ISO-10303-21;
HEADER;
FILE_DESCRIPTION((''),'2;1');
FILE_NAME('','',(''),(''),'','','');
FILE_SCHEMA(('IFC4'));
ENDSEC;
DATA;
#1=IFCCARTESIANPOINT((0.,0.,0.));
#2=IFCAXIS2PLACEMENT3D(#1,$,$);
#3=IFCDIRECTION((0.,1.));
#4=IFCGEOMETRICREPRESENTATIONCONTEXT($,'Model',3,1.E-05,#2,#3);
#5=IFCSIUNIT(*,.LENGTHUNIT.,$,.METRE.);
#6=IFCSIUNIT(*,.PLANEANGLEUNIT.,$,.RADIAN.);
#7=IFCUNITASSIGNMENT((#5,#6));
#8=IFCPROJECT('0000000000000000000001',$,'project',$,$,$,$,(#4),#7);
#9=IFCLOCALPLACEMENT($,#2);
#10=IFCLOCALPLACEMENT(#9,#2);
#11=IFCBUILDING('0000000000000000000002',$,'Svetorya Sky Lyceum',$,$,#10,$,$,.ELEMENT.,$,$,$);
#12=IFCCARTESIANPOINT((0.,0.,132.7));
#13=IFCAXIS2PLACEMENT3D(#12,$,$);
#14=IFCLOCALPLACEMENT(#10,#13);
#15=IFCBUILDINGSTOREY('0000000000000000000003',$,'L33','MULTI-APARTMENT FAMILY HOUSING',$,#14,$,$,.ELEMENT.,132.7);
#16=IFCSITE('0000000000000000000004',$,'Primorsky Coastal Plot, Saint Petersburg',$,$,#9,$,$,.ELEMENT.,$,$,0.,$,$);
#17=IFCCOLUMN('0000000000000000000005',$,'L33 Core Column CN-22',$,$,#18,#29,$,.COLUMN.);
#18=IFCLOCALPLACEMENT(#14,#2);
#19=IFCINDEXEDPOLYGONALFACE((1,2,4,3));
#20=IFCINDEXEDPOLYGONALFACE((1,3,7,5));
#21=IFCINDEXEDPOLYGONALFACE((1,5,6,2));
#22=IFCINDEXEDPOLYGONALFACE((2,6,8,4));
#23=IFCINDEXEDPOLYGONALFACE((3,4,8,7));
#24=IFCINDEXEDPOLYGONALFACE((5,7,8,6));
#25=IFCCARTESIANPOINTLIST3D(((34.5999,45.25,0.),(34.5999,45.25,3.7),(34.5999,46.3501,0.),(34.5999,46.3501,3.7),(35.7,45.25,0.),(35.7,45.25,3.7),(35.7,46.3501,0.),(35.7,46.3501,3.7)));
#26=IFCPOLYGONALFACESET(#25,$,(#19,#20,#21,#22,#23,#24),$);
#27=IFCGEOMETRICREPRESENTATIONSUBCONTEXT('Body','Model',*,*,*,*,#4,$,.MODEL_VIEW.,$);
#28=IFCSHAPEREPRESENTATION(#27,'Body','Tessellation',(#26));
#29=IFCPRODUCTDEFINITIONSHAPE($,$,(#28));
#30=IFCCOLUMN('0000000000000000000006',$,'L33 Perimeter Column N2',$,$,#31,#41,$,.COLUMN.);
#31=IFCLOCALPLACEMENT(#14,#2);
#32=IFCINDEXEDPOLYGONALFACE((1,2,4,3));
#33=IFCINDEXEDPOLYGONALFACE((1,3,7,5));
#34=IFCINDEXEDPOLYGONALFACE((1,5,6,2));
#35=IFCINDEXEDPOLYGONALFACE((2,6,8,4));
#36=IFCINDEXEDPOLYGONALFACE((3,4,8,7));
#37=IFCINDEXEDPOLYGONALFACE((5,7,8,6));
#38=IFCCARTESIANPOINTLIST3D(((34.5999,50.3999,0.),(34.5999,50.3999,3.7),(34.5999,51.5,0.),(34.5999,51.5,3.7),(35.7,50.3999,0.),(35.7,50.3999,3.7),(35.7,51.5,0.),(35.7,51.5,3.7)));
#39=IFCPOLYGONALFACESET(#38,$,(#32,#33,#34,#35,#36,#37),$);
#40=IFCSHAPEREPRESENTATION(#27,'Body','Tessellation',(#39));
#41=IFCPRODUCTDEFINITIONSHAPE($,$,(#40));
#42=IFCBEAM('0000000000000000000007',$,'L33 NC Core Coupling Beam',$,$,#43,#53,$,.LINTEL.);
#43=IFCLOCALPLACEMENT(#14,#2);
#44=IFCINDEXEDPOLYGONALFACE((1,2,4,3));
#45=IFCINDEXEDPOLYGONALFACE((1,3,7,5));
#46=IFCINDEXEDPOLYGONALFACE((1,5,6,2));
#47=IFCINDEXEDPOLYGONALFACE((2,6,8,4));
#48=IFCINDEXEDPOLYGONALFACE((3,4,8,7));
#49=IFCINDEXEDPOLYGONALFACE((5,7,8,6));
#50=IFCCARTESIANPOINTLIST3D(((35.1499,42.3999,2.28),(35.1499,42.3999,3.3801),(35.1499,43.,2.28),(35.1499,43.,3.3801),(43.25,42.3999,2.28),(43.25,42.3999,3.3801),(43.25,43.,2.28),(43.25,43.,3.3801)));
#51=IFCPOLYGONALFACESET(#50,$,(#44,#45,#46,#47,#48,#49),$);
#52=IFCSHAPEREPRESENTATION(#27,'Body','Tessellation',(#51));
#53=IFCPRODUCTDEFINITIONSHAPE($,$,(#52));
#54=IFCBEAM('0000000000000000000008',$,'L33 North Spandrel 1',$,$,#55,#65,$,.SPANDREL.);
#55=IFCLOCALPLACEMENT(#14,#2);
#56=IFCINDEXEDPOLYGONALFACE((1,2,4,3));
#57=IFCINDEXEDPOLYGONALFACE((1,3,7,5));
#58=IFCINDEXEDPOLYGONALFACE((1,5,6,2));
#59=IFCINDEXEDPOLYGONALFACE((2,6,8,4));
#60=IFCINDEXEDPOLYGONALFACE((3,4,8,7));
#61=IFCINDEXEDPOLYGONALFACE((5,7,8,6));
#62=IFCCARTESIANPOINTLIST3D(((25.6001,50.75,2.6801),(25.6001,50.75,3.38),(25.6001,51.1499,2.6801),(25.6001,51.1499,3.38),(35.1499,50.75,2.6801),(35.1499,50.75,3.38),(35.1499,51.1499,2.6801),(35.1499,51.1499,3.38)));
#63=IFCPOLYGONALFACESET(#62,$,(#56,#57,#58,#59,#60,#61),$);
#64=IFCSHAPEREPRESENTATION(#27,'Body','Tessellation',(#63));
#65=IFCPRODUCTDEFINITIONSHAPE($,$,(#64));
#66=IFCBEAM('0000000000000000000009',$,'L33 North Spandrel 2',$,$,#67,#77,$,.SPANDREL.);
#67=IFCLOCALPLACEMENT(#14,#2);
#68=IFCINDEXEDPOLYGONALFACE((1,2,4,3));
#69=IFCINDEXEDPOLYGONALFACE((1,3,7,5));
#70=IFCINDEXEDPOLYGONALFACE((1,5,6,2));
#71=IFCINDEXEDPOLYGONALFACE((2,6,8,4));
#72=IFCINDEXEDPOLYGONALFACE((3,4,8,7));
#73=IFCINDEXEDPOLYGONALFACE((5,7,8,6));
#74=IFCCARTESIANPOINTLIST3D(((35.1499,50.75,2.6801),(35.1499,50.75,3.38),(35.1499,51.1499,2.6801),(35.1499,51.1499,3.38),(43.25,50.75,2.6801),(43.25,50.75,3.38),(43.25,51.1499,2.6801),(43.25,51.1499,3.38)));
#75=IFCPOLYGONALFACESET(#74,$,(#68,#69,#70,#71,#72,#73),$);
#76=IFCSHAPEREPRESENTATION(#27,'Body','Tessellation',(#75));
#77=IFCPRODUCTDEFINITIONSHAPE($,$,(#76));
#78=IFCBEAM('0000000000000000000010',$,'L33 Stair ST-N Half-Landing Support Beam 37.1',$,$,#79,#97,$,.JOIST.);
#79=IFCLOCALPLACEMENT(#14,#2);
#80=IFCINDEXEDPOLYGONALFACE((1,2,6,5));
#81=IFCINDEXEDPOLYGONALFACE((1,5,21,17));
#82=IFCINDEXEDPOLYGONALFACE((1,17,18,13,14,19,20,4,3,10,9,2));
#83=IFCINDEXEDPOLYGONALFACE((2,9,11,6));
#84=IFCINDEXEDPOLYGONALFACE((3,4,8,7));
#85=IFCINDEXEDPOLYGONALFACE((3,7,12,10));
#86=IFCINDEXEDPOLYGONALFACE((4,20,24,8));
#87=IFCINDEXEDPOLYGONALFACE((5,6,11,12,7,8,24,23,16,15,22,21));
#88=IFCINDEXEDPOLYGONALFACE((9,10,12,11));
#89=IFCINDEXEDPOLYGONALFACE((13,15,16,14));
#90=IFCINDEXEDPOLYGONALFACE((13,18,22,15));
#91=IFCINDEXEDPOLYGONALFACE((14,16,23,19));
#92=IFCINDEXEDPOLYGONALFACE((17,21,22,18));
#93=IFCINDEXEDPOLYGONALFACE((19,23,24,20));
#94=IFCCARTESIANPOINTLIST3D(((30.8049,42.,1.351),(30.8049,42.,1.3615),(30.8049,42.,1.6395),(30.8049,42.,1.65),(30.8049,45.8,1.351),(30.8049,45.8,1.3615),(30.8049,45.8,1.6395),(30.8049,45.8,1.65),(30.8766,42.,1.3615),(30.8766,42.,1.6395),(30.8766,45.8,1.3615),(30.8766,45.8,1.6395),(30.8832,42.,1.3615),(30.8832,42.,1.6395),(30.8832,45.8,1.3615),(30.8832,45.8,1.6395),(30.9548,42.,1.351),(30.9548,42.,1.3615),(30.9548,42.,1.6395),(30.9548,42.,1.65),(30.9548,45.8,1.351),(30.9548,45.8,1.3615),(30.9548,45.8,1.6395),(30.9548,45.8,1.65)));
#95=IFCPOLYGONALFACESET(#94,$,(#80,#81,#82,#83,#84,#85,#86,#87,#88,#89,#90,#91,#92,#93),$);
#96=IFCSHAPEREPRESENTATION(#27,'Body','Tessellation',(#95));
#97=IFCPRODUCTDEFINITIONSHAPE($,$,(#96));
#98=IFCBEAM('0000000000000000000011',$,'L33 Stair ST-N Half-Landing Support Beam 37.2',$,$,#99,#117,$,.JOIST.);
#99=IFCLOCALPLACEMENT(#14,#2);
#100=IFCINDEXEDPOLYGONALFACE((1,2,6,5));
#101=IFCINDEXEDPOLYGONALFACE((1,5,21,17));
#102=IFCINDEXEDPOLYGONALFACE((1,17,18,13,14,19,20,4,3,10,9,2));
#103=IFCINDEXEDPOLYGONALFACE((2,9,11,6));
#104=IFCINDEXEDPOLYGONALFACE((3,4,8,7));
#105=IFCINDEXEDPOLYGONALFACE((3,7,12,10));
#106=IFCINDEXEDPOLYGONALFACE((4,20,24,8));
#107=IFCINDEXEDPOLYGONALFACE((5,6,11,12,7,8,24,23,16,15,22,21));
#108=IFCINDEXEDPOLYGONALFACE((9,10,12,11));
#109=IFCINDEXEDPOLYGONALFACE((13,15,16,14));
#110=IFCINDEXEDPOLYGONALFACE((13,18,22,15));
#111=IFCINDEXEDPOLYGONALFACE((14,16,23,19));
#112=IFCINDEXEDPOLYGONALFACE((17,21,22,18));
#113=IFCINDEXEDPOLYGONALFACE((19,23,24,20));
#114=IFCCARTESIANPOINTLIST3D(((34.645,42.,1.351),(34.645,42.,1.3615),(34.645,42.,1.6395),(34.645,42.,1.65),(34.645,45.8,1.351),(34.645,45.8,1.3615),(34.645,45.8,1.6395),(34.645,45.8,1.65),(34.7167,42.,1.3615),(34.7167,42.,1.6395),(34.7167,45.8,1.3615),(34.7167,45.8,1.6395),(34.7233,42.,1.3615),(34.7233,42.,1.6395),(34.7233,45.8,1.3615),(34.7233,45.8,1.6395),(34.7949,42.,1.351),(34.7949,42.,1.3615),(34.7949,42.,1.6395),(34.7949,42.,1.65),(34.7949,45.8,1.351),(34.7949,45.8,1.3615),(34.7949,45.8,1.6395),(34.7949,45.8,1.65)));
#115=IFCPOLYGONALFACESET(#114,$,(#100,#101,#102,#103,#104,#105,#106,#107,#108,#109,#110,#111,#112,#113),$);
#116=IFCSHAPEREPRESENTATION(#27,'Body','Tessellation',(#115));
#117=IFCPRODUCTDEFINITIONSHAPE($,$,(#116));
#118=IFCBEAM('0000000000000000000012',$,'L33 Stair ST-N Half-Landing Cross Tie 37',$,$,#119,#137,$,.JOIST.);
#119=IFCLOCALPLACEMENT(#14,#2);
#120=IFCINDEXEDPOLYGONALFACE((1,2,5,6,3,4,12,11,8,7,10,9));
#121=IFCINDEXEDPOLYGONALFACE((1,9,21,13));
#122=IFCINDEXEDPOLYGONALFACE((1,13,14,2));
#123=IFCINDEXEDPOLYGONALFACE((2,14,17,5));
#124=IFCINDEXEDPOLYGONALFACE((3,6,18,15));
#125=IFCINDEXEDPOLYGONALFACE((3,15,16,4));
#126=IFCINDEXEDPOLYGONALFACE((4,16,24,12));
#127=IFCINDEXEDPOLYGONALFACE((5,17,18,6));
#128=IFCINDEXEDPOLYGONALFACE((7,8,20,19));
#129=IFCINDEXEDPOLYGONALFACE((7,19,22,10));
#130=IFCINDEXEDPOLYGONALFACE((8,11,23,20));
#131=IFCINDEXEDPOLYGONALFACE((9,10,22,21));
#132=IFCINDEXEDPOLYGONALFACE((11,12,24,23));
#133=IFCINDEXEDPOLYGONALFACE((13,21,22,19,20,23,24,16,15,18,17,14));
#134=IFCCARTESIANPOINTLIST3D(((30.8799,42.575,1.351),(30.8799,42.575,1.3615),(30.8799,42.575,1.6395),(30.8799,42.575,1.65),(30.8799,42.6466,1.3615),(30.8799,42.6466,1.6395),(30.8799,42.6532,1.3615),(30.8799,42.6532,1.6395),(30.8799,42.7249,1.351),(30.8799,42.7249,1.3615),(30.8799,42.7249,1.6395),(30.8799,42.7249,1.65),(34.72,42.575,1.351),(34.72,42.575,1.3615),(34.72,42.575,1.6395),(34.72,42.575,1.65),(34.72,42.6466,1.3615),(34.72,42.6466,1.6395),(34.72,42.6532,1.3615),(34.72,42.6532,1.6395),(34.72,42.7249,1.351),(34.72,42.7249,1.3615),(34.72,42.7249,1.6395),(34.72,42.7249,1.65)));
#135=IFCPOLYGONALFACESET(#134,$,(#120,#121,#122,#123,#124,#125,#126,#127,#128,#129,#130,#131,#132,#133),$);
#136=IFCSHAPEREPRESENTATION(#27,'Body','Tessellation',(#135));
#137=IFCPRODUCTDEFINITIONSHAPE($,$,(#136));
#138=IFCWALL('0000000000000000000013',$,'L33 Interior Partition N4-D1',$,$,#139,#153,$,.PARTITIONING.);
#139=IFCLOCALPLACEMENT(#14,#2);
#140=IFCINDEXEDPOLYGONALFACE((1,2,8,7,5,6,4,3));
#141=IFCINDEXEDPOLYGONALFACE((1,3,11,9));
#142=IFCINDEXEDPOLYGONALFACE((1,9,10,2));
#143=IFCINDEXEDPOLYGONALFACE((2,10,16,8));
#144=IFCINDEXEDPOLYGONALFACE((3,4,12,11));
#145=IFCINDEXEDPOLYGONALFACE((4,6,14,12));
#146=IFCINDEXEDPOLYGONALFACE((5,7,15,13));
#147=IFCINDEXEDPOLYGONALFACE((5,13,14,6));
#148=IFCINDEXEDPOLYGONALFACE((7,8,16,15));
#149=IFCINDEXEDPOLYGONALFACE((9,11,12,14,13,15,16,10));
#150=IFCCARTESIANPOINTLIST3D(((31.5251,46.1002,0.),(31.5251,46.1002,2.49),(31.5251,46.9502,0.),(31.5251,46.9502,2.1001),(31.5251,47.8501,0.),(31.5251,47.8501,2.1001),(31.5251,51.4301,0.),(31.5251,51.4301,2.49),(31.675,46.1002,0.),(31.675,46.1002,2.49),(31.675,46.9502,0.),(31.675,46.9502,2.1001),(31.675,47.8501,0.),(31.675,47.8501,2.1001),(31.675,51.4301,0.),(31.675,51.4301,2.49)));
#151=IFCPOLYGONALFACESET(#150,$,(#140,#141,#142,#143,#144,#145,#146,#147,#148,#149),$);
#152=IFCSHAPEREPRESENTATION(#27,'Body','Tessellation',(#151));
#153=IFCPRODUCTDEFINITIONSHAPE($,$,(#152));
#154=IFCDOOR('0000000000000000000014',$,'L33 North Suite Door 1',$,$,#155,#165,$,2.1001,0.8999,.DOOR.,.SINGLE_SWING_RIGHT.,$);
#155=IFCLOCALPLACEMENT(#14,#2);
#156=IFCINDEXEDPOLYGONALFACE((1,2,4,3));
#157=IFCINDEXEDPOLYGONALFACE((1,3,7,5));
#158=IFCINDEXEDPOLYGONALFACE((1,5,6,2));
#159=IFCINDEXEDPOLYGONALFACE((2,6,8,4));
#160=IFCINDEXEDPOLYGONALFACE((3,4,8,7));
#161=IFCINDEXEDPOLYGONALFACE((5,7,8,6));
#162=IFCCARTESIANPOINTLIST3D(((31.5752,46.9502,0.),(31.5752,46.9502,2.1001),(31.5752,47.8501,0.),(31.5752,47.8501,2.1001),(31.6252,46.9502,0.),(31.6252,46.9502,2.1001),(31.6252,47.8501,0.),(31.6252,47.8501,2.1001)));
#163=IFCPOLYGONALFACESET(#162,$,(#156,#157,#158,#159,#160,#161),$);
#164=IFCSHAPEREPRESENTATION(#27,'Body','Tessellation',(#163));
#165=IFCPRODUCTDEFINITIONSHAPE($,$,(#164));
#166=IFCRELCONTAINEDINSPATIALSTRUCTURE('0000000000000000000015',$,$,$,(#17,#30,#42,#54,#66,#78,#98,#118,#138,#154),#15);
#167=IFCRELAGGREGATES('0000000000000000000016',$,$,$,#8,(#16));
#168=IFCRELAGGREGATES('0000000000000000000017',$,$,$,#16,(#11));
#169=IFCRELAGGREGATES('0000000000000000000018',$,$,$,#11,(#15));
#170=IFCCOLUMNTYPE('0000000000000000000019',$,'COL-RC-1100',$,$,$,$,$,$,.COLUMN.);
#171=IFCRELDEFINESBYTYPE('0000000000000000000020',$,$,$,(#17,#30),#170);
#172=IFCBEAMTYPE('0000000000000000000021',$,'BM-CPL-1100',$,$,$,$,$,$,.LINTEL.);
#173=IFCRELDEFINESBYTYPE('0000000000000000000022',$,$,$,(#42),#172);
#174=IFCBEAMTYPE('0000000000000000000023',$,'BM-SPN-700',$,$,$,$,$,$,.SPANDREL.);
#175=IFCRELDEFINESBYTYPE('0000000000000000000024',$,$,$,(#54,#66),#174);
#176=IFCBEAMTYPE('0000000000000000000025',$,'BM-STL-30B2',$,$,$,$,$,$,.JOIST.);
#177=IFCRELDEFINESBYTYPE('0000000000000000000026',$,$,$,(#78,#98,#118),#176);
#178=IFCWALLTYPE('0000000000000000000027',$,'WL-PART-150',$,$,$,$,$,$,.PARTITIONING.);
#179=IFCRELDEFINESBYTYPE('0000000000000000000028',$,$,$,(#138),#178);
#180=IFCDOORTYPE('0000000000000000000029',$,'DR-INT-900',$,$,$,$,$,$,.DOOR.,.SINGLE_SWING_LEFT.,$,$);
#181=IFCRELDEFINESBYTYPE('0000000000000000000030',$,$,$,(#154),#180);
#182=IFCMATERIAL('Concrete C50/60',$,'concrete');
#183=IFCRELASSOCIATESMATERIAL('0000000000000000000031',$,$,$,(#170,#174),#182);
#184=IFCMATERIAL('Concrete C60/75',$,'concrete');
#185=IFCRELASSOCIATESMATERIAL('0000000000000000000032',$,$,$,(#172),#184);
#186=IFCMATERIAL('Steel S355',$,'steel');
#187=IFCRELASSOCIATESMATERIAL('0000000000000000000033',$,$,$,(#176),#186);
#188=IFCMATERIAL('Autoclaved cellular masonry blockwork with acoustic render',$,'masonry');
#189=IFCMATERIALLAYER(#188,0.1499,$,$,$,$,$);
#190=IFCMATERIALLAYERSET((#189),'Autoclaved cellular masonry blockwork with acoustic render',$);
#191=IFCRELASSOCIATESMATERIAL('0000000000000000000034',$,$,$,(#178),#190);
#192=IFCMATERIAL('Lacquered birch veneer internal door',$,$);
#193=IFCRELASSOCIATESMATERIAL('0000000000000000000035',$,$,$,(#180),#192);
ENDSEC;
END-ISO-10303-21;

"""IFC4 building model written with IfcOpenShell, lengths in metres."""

from ifc_helpers import new_model, si_unit, direction, frame, frame_2d, origin, origin_2d, place, context, subcontext, project, spatial, rectangle, i_section, extrude, material, layer, layer_set, material_profile, profile_set, type_object, element, fill, save


model = new_model("IFC4")

# Units and contexts
model_context = context("Model", 3, precision=1e-05, world=origin(), true_north=direction((0.0, 1.0)))
body_context = subcontext(model_context, "Body", "Model", "MODEL_VIEW")
ifc_project = project(units=[si_unit("LENGTHUNIT", "METRE"), si_unit("PLANEANGLEUNIT", "RADIAN")], contexts=[model_context])

# Site, building, storey
site_placement = place(None, origin())
site = spatial("IfcSite", under=ifc_project, at=site_placement, Name="Primorsky Coastal Plot, Saint Petersburg", CompositionType="ELEMENT", RefElevation=0.0)
building_placement = place(site_placement, origin())
building = spatial("IfcBuilding", under=site, at=building_placement, Name="Svetorya Sky Lyceum", CompositionType="ELEMENT")
storey_placement = place(building_placement, frame((0.0, 0.0, 132.7)))
storey = spatial("IfcBuildingStorey", under=building, at=storey_placement, Name="L33", Description="MULTI-APARTMENT FAMILY HOUSING", CompositionType="ELEMENT", Elevation=132.7)

# Columns
ifc_material_1 = material(Name="Concrete C50/60", Category="concrete")
ifc_material_profile_1 = material_profile(ifc_material_1, rectangle(XDim=1.1001, YDim=1.1001, at=origin_2d()), Name="RC COL 1100x1100")
ifc_profile_set_1 = profile_set([ifc_material_profile_1], Name="Concrete C50/60")
column_type = type_object("IfcColumnType", Name="COL-RC-1100", PredefinedType="COLUMN", material=ifc_profile_set_1)
for number, where, z_axis, x_axis, name in (
    (1, (35.1499, 45.8, 0.0), (0.0, 0.0, 1.0), (1.0, 0.0, 0.0), "L33 Core Column CN-22"),
    (2, (35.1499, 50.95, 0.0), (0.0, 0.0, 1.0), (1.0, 0.0, 0.0), "L33 Perimeter Column N2"),
):
    element("IfcColumn", number, at=place(storey_placement, frame(where, z_axis=z_axis, x_axis=x_axis)), inside=storey, type_object=column_type, Name=name, PredefinedType="COLUMN", context=body_context, shape_type="SweptSolid", body=[
        extrude(rectangle(XDim=1.1001, YDim=1.1001, at=origin_2d()), origin(), (0.0, 0.0, 1.0), 3.7),
    ])

# Beams
ifc_material_2 = material(Name="Concrete C60/75", Category="concrete")
ifc_material_profile_2 = material_profile(ifc_material_2, rectangle(XDim=0.6001, YDim=1.1001, at=origin_2d()), Name="RC COUPLING 600x1100")
ifc_profile_set_2 = profile_set([ifc_material_profile_2], Name="Concrete C60/75")
beam_type_1 = type_object("IfcBeamType", Name="BM-CPL-1100", PredefinedType="LINTEL", material=ifc_profile_set_2)
beam_1_placement = place(storey_placement, frame((35.1499, 42.7, 2.8301), z_axis=(1.0, 0.0, 0.0), x_axis=(0.0, 1.0, 0.0)))
element("IfcBeam", 3, at=beam_1_placement, inside=storey, type_object=beam_type_1, Name="L33 NC Core Coupling Beam", PredefinedType="LINTEL", context=body_context, shape_type="SweptSolid", body=[
    extrude(rectangle(XDim=0.6001, YDim=1.1001, at=origin_2d()), origin(), (0.0, 0.0, 1.0), 8.1001),
])
ifc_material_profile_3 = material_profile(ifc_material_1, rectangle(XDim=0.3999, YDim=0.7, at=origin_2d()), Name="RC SPANDREL 400x700")
ifc_profile_set_3 = profile_set([ifc_material_profile_3], Name="Concrete C50/60")
beam_type_2 = type_object("IfcBeamType", Name="BM-SPN-700", PredefinedType="SPANDREL", material=ifc_profile_set_3)
beam_2_placement = place(storey_placement, frame((25.6001, 50.95, 3.03), z_axis=(1.0, 0.0, 0.0), x_axis=(0.0, 1.0, 0.0)))
element("IfcBeam", 4, at=beam_2_placement, inside=storey, type_object=beam_type_2, Name="L33 North Spandrel 1", PredefinedType="SPANDREL", context=body_context, shape_type="SweptSolid", body=[
    extrude(rectangle(XDim=0.3999, YDim=0.7, at=origin_2d()), origin(), (0.0, 0.0, 1.0), 9.5498),
])
beam_3_placement = place(storey_placement, frame((35.1499, 50.95, 3.03), z_axis=(1.0, 0.0, 0.0), x_axis=(0.0, 1.0, 0.0)))
element("IfcBeam", 5, at=beam_3_placement, inside=storey, type_object=beam_type_2, Name="L33 North Spandrel 2", PredefinedType="SPANDREL", context=body_context, shape_type="SweptSolid", body=[
    extrude(rectangle(XDim=0.3999, YDim=0.7, at=origin_2d()), origin(), (0.0, 0.0, 1.0), 8.1001),
])
ifc_material_3 = material(Name="Steel S355", Category="steel")
ifc_material_profile_4 = material_profile(ifc_material_3, i_section(OverallWidth=0.1499, OverallDepth=0.2991, WebThickness=0.0066, FlangeThickness=0.0105, at=origin_2d()), Name="GOST 30B2")
ifc_profile_set_4 = profile_set([ifc_material_profile_4], Name="Steel S355")
beam_type_3 = type_object("IfcBeamType", Name="BM-STL-30B2", PredefinedType="JOIST", material=ifc_profile_set_4)
for number, where, z_axis, x_axis, name in (
    (6, (30.8799, 42.0, 1.5005), (0.0, 1.0, 0.0), (-1.0, 0.0, 0.0), "L33 Stair ST-N Half-Landing Support Beam 37.1"),
    (7, (34.72, 42.0, 1.5005), (0.0, 1.0, 0.0), (-1.0, 0.0, 0.0), "L33 Stair ST-N Half-Landing Support Beam 37.2"),
):
    element("IfcBeam", number, at=place(storey_placement, frame(where, z_axis=z_axis, x_axis=x_axis)), inside=storey, type_object=beam_type_3, Name=name, PredefinedType="JOIST", context=body_context, shape_type="SweptSolid", body=[
        extrude(i_section(OverallWidth=0.1499, OverallDepth=0.2991, WebThickness=0.0066, FlangeThickness=0.0105, at=origin_2d()), origin(), (0.0, 0.0, 1.0), 3.8),
    ])
beam_4_placement = place(storey_placement, frame((30.8799, 42.6499, 1.5005), z_axis=(1.0, 0.0, 0.0), x_axis=(0.0, 1.0, 0.0)))
element("IfcBeam", 8, at=beam_4_placement, inside=storey, type_object=beam_type_3, Name="L33 Stair ST-N Half-Landing Cross Tie 37", PredefinedType="JOIST", context=body_context, shape_type="SweptSolid", body=[
    extrude(i_section(OverallWidth=0.1499, OverallDepth=0.2991, WebThickness=0.0066, FlangeThickness=0.0105, at=origin_2d()), origin(), (0.0, 0.0, 1.0), 3.8401),
])

# Wall, opening, door
ifc_material_4 = material(Name="Autoclaved cellular masonry blockwork with acoustic render", Category="masonry")
ifc_layer = layer(ifc_material_4, 0.1499)
ifc_layer_set = layer_set([ifc_layer], Name="Autoclaved cellular masonry blockwork with acoustic render")
wall_type = type_object("IfcWallType", Name="WL-PART-150", PredefinedType="PARTITIONING", material=ifc_layer_set)
wall_placement = place(storey_placement, frame((31.6001, 46.1001, 0.0), z_axis=(0.0, 0.0, 1.0), x_axis=(0.0, 1.0, 0.0)))
wall = element("IfcWall", 9, at=wall_placement, inside=storey, type_object=wall_type, Name="L33 Interior Partition N4-D1", PredefinedType="PARTITIONING", context=body_context, shape_type="SweptSolid", body=[
    extrude(rectangle(XDim=5.3298, YDim=0.1499, at=frame_2d((2.665, 0.0))), origin(), (0.0, 0.0, 1.0), 2.49),
])
opening_placement = place(wall_placement, frame((0.8501, 0.0, 0.0)))
opening = element("IfcOpeningElement", 10, at=opening_placement, cuts=wall, PredefinedType="OPENING", context=body_context, shape_type="SweptSolid", body=[
    extrude(rectangle(XDim=0.8999, YDim=2.1001, at=frame_2d((0.45, 1.05))), frame((0.0, 0.085, 0.0), z_axis=(0.0, -1.0, 0.0), x_axis=(1.0, 0.0, 0.0)), (0.0, 0.0, 1.0), 0.1699),
])
ifc_material_5 = material(Name="Lacquered birch veneer internal door")
door_type = type_object("IfcDoorType", Name="DR-INT-900", OperationType="SINGLE_SWING_LEFT", PredefinedType="DOOR", material=ifc_material_5)
door_placement = place(opening_placement, origin())
door = element("IfcDoor", 11, at=door_placement, inside=storey, type_object=door_type, Name="L33 North Suite Door 1", OperationType="SINGLE_SWING_RIGHT", OverallHeight=2.1001, OverallWidth=0.8999, PredefinedType="DOOR", context=body_context, shape_type="SweptSolid", body=[
    extrude(rectangle(XDim=0.8999, YDim=2.1001, at=frame_2d((0.45, 1.05))), frame((0.0, 0.0249, 0.0), z_axis=(0.0, -1.0, 0.0), x_axis=(1.0, 0.0, 0.0)), (0.0, 0.0, 1.0), 0.05),
])
fill(opening, door)

save(model, "model.ifc")
